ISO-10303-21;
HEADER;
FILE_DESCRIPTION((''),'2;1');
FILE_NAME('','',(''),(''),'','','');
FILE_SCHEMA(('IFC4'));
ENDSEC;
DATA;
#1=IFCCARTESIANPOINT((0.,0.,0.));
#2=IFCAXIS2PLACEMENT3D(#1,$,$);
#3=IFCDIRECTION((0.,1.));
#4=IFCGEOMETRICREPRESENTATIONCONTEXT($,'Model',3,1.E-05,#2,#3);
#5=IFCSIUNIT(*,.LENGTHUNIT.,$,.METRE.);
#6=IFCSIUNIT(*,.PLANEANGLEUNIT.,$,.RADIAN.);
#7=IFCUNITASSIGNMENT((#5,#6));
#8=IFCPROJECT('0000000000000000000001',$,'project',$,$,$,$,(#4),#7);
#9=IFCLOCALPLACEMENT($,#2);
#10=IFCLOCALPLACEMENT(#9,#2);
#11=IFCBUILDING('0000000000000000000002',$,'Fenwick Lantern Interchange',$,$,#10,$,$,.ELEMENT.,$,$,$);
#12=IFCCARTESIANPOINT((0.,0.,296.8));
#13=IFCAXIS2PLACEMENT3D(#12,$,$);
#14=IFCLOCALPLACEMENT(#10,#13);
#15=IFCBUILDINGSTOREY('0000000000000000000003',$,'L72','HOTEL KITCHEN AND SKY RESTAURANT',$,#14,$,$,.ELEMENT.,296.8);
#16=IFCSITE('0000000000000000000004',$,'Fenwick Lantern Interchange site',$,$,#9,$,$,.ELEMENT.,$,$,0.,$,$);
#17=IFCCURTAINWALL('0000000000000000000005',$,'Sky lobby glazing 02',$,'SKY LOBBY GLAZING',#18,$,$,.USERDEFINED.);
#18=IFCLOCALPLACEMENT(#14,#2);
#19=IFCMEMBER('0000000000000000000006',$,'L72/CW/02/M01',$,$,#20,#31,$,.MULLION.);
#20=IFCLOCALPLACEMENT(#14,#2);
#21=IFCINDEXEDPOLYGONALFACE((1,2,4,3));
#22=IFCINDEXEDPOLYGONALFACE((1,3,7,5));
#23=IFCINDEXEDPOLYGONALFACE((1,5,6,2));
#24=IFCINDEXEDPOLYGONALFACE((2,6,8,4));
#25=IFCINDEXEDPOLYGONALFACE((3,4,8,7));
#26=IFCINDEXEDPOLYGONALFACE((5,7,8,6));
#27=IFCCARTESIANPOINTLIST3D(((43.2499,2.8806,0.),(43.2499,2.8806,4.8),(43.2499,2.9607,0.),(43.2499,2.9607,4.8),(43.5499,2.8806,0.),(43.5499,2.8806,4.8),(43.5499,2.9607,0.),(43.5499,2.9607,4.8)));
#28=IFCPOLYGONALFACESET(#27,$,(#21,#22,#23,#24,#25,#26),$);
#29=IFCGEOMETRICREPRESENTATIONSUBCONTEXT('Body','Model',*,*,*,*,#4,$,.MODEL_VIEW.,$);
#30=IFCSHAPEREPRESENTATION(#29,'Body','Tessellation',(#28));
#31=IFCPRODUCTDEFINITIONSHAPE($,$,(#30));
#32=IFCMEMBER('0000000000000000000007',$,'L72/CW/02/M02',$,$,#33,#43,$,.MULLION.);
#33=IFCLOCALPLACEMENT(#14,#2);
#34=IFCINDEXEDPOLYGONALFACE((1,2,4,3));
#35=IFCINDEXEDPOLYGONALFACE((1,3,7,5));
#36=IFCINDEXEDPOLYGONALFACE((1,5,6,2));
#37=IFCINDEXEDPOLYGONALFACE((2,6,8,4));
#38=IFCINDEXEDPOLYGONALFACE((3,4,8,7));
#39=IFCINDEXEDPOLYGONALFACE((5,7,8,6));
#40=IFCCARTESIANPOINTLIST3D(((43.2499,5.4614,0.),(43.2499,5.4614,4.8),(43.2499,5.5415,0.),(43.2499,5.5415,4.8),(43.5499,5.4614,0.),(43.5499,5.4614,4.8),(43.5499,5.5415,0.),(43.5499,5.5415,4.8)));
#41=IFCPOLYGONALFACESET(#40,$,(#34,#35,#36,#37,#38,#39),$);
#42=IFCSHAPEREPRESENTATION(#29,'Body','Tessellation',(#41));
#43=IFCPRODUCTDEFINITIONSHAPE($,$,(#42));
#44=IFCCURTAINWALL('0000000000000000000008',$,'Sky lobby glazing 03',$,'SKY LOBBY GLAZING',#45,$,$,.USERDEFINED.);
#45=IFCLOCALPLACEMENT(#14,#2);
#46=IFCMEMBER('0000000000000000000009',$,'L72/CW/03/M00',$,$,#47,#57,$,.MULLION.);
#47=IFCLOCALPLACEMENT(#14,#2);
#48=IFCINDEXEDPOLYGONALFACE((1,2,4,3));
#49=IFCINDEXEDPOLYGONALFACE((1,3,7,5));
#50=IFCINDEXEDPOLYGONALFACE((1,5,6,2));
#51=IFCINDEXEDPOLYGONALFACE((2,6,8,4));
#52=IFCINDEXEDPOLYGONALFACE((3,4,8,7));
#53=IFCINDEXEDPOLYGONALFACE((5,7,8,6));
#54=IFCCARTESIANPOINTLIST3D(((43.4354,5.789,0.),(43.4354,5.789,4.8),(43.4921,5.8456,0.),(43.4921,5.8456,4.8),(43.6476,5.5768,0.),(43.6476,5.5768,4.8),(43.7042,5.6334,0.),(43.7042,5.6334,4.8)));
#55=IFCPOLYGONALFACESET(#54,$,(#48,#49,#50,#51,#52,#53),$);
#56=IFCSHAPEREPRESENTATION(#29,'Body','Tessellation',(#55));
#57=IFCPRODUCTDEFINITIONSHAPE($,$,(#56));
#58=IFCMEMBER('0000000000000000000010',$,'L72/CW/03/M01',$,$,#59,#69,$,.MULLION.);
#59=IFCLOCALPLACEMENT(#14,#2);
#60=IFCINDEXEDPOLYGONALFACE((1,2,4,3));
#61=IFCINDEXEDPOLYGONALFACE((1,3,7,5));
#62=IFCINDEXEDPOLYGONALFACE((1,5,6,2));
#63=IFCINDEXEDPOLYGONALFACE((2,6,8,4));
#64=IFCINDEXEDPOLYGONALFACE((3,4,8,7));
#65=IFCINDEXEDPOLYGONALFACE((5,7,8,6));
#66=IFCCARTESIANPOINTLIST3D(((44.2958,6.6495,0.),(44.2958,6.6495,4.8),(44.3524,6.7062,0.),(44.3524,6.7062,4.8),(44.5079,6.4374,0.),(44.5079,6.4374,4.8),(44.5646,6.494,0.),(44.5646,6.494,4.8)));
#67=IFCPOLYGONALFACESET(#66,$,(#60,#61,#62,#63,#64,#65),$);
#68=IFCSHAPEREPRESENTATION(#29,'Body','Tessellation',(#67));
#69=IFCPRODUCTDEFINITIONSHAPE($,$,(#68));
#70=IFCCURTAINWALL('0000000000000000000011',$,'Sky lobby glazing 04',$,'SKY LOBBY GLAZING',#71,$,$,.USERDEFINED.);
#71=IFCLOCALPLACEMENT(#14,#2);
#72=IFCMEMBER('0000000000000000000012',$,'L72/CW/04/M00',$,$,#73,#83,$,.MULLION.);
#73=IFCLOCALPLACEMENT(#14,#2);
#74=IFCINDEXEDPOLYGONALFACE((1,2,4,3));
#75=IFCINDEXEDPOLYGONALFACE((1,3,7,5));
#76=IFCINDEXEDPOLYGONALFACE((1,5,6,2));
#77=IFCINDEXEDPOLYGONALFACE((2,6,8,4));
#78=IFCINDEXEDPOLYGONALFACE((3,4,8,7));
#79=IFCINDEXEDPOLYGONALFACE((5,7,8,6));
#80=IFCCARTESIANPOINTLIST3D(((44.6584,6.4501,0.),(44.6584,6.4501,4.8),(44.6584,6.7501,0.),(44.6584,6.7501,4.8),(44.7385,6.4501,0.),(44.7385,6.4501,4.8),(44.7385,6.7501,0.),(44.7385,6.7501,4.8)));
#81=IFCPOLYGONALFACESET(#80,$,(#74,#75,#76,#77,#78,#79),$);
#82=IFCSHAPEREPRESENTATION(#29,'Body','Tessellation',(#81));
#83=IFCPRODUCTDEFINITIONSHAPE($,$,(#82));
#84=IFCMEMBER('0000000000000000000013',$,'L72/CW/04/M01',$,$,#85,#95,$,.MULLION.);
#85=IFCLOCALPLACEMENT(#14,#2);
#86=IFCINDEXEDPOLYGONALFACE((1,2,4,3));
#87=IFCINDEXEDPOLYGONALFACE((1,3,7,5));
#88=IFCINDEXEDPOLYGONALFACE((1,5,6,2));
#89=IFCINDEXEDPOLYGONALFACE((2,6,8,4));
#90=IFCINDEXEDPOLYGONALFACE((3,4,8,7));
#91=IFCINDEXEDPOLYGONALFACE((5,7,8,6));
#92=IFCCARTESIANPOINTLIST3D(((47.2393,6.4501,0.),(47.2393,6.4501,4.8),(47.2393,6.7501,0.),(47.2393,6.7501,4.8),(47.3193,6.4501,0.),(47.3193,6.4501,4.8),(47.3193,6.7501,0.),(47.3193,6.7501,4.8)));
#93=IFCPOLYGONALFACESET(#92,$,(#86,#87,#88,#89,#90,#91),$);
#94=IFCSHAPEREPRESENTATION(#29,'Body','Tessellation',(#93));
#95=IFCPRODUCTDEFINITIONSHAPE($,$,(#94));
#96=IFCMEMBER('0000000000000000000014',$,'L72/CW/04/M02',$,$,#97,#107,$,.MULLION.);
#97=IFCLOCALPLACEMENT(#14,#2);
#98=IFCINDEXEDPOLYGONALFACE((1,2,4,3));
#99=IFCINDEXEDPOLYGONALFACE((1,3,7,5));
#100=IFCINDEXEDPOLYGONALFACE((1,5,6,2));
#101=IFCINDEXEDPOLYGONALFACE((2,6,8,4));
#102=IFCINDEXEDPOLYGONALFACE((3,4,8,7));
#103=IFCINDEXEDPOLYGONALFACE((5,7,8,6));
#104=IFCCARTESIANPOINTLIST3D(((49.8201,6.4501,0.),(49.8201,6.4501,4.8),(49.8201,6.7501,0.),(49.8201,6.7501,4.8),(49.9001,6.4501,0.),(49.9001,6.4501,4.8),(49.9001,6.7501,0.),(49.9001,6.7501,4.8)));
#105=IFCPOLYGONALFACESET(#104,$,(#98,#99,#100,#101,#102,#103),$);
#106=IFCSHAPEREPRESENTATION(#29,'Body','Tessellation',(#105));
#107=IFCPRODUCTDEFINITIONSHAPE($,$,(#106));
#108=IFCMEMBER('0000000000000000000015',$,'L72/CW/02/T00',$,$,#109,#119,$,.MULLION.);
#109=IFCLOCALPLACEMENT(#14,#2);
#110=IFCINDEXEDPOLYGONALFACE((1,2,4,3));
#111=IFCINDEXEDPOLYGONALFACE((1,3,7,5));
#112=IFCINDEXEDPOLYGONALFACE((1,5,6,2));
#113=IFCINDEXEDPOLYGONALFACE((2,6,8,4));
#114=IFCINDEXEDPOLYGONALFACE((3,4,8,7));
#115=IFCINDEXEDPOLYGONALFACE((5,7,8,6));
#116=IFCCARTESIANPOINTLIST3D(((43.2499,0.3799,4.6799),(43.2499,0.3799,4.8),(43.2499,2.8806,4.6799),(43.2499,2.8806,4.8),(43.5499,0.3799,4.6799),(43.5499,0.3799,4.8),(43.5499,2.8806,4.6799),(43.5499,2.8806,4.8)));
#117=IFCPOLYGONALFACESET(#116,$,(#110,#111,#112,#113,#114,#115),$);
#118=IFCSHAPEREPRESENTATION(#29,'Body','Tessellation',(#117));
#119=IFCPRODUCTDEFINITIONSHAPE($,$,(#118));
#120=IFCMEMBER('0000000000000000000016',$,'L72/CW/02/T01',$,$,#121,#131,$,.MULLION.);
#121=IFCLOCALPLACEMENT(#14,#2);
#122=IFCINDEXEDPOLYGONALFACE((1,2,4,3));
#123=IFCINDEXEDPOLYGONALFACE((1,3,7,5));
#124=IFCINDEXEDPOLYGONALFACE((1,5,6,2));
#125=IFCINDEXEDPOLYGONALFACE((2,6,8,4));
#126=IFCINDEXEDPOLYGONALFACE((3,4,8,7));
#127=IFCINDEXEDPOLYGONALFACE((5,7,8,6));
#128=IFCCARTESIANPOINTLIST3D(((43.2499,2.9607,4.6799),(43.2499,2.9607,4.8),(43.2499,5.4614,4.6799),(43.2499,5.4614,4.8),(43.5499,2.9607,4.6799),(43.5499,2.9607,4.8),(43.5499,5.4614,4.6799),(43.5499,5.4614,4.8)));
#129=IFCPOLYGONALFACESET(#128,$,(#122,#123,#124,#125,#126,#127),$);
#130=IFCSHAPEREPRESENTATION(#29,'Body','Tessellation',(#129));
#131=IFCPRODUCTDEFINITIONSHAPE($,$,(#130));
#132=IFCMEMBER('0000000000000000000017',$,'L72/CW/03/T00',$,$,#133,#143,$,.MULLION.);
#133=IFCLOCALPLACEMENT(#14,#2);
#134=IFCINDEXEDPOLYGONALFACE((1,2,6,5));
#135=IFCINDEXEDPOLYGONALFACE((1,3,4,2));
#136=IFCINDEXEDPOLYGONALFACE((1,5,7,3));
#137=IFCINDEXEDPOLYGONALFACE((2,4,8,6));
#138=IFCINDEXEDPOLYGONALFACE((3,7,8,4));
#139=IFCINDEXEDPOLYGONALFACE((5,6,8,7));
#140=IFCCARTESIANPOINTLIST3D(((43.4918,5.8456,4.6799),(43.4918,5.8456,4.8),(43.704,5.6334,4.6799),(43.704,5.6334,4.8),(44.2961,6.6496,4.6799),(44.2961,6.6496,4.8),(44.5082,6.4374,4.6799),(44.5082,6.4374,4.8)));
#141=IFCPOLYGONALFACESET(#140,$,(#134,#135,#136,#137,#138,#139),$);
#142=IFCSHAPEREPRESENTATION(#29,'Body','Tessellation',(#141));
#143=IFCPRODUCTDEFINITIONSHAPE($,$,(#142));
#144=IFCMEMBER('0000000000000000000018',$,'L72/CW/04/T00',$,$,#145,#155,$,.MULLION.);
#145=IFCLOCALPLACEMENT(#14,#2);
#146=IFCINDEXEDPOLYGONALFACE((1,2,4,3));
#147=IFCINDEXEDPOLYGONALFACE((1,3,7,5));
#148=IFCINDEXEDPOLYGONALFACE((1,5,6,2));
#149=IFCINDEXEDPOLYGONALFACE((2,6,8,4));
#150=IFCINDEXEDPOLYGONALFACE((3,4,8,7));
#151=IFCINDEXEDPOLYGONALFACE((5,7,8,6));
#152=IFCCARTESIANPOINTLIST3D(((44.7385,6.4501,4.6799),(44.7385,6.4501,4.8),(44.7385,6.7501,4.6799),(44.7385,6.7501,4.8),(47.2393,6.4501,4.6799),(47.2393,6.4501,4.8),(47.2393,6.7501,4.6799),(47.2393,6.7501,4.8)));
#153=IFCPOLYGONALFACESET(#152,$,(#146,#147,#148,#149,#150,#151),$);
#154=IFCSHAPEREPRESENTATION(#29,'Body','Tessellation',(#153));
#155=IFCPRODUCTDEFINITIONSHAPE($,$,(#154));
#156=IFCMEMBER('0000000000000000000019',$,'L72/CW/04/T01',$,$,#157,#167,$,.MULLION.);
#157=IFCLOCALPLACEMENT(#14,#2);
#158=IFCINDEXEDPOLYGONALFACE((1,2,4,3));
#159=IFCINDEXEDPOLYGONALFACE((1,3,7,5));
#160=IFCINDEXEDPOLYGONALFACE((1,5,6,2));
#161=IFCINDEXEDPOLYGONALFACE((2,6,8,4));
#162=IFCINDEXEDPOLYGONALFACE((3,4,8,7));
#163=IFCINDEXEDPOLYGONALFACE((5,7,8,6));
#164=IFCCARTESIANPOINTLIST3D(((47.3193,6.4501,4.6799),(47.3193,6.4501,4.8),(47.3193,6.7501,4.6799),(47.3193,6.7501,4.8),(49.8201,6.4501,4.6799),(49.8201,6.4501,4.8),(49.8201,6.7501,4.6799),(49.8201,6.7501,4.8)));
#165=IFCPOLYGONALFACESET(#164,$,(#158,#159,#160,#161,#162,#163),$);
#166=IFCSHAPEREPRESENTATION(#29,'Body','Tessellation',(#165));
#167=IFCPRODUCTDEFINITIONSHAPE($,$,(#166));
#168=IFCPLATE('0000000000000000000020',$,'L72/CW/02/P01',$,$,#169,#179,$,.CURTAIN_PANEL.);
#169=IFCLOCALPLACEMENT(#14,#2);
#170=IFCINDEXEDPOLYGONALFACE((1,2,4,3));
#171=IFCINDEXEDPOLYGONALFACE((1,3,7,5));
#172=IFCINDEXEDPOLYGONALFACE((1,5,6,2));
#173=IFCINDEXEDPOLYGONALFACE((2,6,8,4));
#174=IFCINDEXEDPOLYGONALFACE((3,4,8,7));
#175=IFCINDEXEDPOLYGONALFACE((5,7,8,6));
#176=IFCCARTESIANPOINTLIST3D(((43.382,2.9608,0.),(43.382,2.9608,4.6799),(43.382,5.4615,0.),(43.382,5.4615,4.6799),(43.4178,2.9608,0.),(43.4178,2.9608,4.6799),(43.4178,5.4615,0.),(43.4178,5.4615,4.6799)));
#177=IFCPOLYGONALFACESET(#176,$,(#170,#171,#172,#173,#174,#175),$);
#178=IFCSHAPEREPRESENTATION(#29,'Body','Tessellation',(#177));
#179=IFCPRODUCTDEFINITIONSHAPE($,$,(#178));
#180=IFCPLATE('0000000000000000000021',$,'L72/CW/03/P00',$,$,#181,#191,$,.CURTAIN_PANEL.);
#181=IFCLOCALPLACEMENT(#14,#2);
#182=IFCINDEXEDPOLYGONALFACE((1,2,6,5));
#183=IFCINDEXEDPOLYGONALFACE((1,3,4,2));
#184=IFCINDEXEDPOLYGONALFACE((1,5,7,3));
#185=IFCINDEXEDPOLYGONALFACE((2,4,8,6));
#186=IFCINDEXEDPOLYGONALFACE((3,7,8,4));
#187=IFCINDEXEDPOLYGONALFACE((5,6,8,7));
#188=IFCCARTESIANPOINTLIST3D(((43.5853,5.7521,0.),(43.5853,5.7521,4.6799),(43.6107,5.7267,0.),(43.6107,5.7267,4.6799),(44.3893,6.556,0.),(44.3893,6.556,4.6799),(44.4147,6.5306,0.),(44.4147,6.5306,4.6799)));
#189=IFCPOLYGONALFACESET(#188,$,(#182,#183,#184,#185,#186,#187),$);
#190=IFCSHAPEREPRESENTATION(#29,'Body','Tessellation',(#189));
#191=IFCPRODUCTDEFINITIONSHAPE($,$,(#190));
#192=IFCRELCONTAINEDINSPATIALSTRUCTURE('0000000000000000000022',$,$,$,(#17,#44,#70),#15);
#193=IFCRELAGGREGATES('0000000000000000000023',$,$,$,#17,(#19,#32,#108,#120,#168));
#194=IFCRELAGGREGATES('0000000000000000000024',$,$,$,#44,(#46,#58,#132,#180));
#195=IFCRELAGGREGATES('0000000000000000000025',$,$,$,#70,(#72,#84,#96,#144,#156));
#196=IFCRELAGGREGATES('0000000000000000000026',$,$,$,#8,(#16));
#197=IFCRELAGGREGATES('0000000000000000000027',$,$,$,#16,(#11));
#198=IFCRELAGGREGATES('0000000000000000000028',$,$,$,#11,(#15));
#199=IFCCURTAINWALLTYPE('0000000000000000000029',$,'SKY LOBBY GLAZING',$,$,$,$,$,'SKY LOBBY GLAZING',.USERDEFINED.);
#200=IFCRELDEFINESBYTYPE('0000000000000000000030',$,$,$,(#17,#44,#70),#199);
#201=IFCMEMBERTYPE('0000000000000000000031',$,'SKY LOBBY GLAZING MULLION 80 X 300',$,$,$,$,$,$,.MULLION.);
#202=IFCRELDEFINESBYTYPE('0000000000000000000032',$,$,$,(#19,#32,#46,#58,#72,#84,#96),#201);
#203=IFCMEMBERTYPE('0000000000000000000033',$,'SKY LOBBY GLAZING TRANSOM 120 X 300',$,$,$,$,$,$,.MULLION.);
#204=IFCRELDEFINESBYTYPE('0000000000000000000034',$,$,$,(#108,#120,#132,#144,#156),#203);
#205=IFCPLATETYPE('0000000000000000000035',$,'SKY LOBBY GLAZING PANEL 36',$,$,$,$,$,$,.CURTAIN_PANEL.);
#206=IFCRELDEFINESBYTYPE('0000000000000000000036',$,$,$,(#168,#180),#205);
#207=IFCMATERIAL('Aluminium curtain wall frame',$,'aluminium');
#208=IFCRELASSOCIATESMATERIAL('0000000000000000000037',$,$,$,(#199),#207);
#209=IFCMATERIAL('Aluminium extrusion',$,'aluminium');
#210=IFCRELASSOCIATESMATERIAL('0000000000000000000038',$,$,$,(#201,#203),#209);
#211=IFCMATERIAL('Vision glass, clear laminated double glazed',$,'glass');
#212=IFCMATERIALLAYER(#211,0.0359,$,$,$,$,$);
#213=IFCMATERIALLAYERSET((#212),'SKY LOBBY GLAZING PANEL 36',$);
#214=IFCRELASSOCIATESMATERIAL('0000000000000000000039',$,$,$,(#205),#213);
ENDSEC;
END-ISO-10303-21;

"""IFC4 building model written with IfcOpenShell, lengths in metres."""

from ifc_helpers import new_model, si_unit, direction, frame, origin, origin_2d, place, context, subcontext, project, spatial, rectangle, extrude, material, layer, layer_set, material_profile, profile_set, type_object, element, aggregate, save


model = new_model("IFC4")

# Units and contexts
model_context = context("Model", 3, precision=1e-05, world=origin(), true_north=direction((0.0, 1.0)))
body_context = subcontext(model_context, "Body", "Model", "MODEL_VIEW")
ifc_project = project(units=[si_unit("LENGTHUNIT", "METRE"), si_unit("PLANEANGLEUNIT", "RADIAN")], contexts=[model_context])

# Site, building, storey
site_placement = place(None, origin())
site = spatial("IfcSite", under=ifc_project, at=site_placement, Name="Fenwick Lantern Interchange site", CompositionType="ELEMENT", RefElevation=0.0)
building_placement = place(site_placement, origin())
building = spatial("IfcBuilding", under=site, at=building_placement, Name="Fenwick Lantern Interchange", CompositionType="ELEMENT")
storey_placement = place(building_placement, frame((0.0, 0.0, 296.8)))
storey = spatial("IfcBuildingStorey", under=building, at=storey_placement, Name="L72", Description="HOTEL KITCHEN AND SKY RESTAURANT", CompositionType="ELEMENT", Elevation=296.8)

# Curtain walls, members
ifc_material_1 = material(Name="Aluminium curtain wall frame", Category="aluminium")
curtain_wall_type = type_object("IfcCurtainWallType", Name="SKY LOBBY GLAZING", ElementType="SKY LOBBY GLAZING", PredefinedType="USERDEFINED", material=ifc_material_1)
curtain_wall_1_placement = place(storey_placement, origin())
curtain_wall_1 = element("IfcCurtainWall", 1, at=curtain_wall_1_placement, inside=storey, type_object=curtain_wall_type, Name="Sky lobby glazing 02", ObjectType="SKY LOBBY GLAZING", PredefinedType="USERDEFINED")
ifc_material_2 = material(Name="Aluminium extrusion", Category="aluminium")
ifc_material_profile_1 = material_profile(ifc_material_2, rectangle(XDim=0.3, YDim=0.0801, at=origin_2d()), Name="SKY LOBBY GLAZING MULLION 80 X 300")
ifc_profile_set_1 = profile_set([ifc_material_profile_1], Name="Aluminium extrusion")
member_type_1 = type_object("IfcMemberType", Name="SKY LOBBY GLAZING MULLION 80 X 300", PredefinedType="MULLION", material=ifc_profile_set_1)
member_1_placement = place(storey_placement, frame((43.3999, 2.9207, 0.0), z_axis=(0.0, 0.0, 1.0), x_axis=(-1.0, 0.0, 0.0)))
member_1 = element("IfcMember", 2, at=member_1_placement, type_object=member_type_1, Name="L72/CW/02/M01", PredefinedType="MULLION", context=body_context, shape_type="SweptSolid", body=[
    extrude(rectangle(XDim=0.3, YDim=0.0801, at=origin_2d()), origin(), (0.0, 0.0, 1.0), 4.8),
])
member_2_placement = place(storey_placement, frame((43.3999, 5.5015, 0.0), z_axis=(0.0, 0.0, 1.0), x_axis=(-1.0, 0.0, 0.0)))
member_2 = element("IfcMember", 3, at=member_2_placement, type_object=member_type_1, Name="L72/CW/02/M02", PredefinedType="MULLION", context=body_context, shape_type="SweptSolid", body=[
    extrude(rectangle(XDim=0.3, YDim=0.0801, at=origin_2d()), origin(), (0.0, 0.0, 1.0), 4.8),
])
curtain_wall_2_placement = place(storey_placement, origin())
curtain_wall_2 = element("IfcCurtainWall", 4, at=curtain_wall_2_placement, inside=storey, type_object=curtain_wall_type, Name="Sky lobby glazing 03", ObjectType="SKY LOBBY GLAZING", PredefinedType="USERDEFINED")
member_3_placement = place(storey_placement, frame((43.5698, 5.7112, 0.0), z_axis=(0.0, 0.0, 1.0), x_axis=(-0.707107, 0.707107, 0.0)))
member_3 = element("IfcMember", 5, at=member_3_placement, type_object=member_type_1, Name="L72/CW/03/M00", PredefinedType="MULLION", context=body_context, shape_type="SweptSolid", body=[
    extrude(rectangle(XDim=0.3, YDim=0.0801, at=origin_2d()), origin(), (0.0, 0.0, 1.0), 4.8),
])
member_4_placement = place(storey_placement, frame((44.4302, 6.5718, 0.0), z_axis=(0.0, 0.0, 1.0), x_axis=(-0.707107, 0.707107, 0.0)))
member_4 = element("IfcMember", 6, at=member_4_placement, type_object=member_type_1, Name="L72/CW/03/M01", PredefinedType="MULLION", context=body_context, shape_type="SweptSolid", body=[
    extrude(rectangle(XDim=0.3, YDim=0.0801, at=origin_2d()), origin(), (0.0, 0.0, 1.0), 4.8),
])
curtain_wall_3_placement = place(storey_placement, origin())
curtain_wall_3 = element("IfcCurtainWall", 7, at=curtain_wall_3_placement, inside=storey, type_object=curtain_wall_type, Name="Sky lobby glazing 04", ObjectType="SKY LOBBY GLAZING", PredefinedType="USERDEFINED")
member_5_placement = place(storey_placement, frame((44.6985, 6.6001, 0.0), z_axis=(0.0, 0.0, 1.0), x_axis=(0.0, 1.0, 0.0)))
member_5 = element("IfcMember", 8, at=member_5_placement, type_object=member_type_1, Name="L72/CW/04/M00", PredefinedType="MULLION", context=body_context, shape_type="SweptSolid", body=[
    extrude(rectangle(XDim=0.3, YDim=0.0801, at=origin_2d()), origin(), (0.0, 0.0, 1.0), 4.8),
])
member_6_placement = place(storey_placement, frame((47.2793, 6.6001, 0.0), z_axis=(0.0, 0.0, 1.0), x_axis=(0.0, 1.0, 0.0)))
member_6 = element("IfcMember", 9, at=member_6_placement, type_object=member_type_1, Name="L72/CW/04/M01", PredefinedType="MULLION", context=body_context, shape_type="SweptSolid", body=[
    extrude(rectangle(XDim=0.3, YDim=0.0801, at=origin_2d()), origin(), (0.0, 0.0, 1.0), 4.8),
])
member_7_placement = place(storey_placement, frame((49.8601, 6.6001, 0.0), z_axis=(0.0, 0.0, 1.0), x_axis=(0.0, 1.0, 0.0)))
member_7 = element("IfcMember", 10, at=member_7_placement, type_object=member_type_1, Name="L72/CW/04/M02", PredefinedType="MULLION", context=body_context, shape_type="SweptSolid", body=[
    extrude(rectangle(XDim=0.3, YDim=0.0801, at=origin_2d()), origin(), (0.0, 0.0, 1.0), 4.8),
])

# Members
ifc_material_profile_2 = material_profile(ifc_material_2, rectangle(XDim=0.3, YDim=0.1201, at=origin_2d()), Name="SKY LOBBY GLAZING TRANSOM 120 X 300")
ifc_profile_set_2 = profile_set([ifc_material_profile_2], Name="Aluminium extrusion")
member_type_2 = type_object("IfcMemberType", Name="SKY LOBBY GLAZING TRANSOM 120 X 300", PredefinedType="MULLION", material=ifc_profile_set_2)
member_8_placement = place(storey_placement, frame((43.3999, 0.3799, 4.74), z_axis=(0.0, 1.0, 0.0), x_axis=(-1.0, 0.0, 0.0)))
member_8 = element("IfcMember", 11, at=member_8_placement, type_object=member_type_2, Name="L72/CW/02/T00", PredefinedType="MULLION", context=body_context, shape_type="SweptSolid", body=[
    extrude(rectangle(XDim=0.3, YDim=0.1201, at=origin_2d()), origin(), (0.0, 0.0, 1.0), 2.5007),
])
member_9_placement = place(storey_placement, frame((43.3999, 2.9607, 4.74), z_axis=(0.0, 1.0, 0.0), x_axis=(-1.0, 0.0, 0.0)))
member_9 = element("IfcMember", 12, at=member_9_placement, type_object=member_type_2, Name="L72/CW/02/T01", PredefinedType="MULLION", context=body_context, shape_type="SweptSolid", body=[
    extrude(rectangle(XDim=0.3, YDim=0.1201, at=origin_2d()), origin(), (0.0, 0.0, 1.0), 2.5007),
])
member_10_placement = place(storey_placement, frame((43.5979, 5.7395, 4.74), z_axis=(0.707214, 0.706999, 0.0), x_axis=(-0.706999, 0.707214, 0.0)))
member_10 = element("IfcMember", 13, at=member_10_placement, type_object=member_type_2, Name="L72/CW/03/T00", PredefinedType="MULLION", context=body_context, shape_type="SweptSolid", body=[
    extrude(rectangle(XDim=0.3, YDim=0.1201, at=origin_2d()), origin(), (0.0, 0.0, 1.0), 1.1372),
])
member_11_placement = place(storey_placement, frame((44.7385, 6.6001, 4.74), z_axis=(1.0, 0.0, 0.0), x_axis=(0.0, 1.0, 0.0)))
member_11 = element("IfcMember", 14, at=member_11_placement, type_object=member_type_2, Name="L72/CW/04/T00", PredefinedType="MULLION", context=body_context, shape_type="SweptSolid", body=[
    extrude(rectangle(XDim=0.3, YDim=0.1201, at=origin_2d()), origin(), (0.0, 0.0, 1.0), 2.5007),
])
member_12_placement = place(storey_placement, frame((47.3193, 6.6001, 4.74), z_axis=(1.0, 0.0, 0.0), x_axis=(0.0, 1.0, 0.0)))
member_12 = element("IfcMember", 15, at=member_12_placement, type_object=member_type_2, Name="L72/CW/04/T01", PredefinedType="MULLION", context=body_context, shape_type="SweptSolid", body=[
    extrude(rectangle(XDim=0.3, YDim=0.1201, at=origin_2d()), origin(), (0.0, 0.0, 1.0), 2.5007),
])

# Plates
ifc_material_3 = material(Name="Vision glass, clear laminated double glazed", Category="glass")
ifc_layer_1 = layer(ifc_material_3, 0.0359)
ifc_layer_set_1 = layer_set([ifc_layer_1], Name="SKY LOBBY GLAZING PANEL 36")
plate_type = type_object("IfcPlateType", Name="SKY LOBBY GLAZING PANEL 36", PredefinedType="CURTAIN_PANEL", material=ifc_layer_set_1)
plate_1_placement = place(storey_placement, frame((43.3999, 4.2112, 0.0), z_axis=(0.0, 0.0, 1.0), x_axis=(0.0, 1.0, 0.0)))
plate_1 = element("IfcPlate", 16, at=plate_1_placement, type_object=plate_type, Name="L72/CW/02/P01", PredefinedType="CURTAIN_PANEL", context=body_context, shape_type="SweptSolid", body=[
    extrude(rectangle(XDim=2.5007, YDim=0.0359, at=origin_2d()), origin(), (0.0, 0.0, 1.0), 4.6799),
])
aggregate(curtain_wall_1, [member_1, member_2, member_8, member_9, plate_1])
plate_2_placement = place(storey_placement, frame((44.0, 6.1414, 0.0), z_axis=(0.0, 0.0, 1.0), x_axis=(0.707107, 0.707107, 0.0)))
plate_2 = element("IfcPlate", 17, at=plate_2_placement, type_object=plate_type, Name="L72/CW/03/P00", PredefinedType="CURTAIN_PANEL", context=body_context, shape_type="SweptSolid", body=[
    extrude(rectangle(XDim=1.137, YDim=0.0359, at=origin_2d()), origin(), (0.0, 0.0, 1.0), 4.6799),
])
aggregate(curtain_wall_2, [member_3, member_4, member_10, plate_2])
aggregate(curtain_wall_3, [member_5, member_6, member_7, member_11, member_12])

save(model, "model.ifc")
